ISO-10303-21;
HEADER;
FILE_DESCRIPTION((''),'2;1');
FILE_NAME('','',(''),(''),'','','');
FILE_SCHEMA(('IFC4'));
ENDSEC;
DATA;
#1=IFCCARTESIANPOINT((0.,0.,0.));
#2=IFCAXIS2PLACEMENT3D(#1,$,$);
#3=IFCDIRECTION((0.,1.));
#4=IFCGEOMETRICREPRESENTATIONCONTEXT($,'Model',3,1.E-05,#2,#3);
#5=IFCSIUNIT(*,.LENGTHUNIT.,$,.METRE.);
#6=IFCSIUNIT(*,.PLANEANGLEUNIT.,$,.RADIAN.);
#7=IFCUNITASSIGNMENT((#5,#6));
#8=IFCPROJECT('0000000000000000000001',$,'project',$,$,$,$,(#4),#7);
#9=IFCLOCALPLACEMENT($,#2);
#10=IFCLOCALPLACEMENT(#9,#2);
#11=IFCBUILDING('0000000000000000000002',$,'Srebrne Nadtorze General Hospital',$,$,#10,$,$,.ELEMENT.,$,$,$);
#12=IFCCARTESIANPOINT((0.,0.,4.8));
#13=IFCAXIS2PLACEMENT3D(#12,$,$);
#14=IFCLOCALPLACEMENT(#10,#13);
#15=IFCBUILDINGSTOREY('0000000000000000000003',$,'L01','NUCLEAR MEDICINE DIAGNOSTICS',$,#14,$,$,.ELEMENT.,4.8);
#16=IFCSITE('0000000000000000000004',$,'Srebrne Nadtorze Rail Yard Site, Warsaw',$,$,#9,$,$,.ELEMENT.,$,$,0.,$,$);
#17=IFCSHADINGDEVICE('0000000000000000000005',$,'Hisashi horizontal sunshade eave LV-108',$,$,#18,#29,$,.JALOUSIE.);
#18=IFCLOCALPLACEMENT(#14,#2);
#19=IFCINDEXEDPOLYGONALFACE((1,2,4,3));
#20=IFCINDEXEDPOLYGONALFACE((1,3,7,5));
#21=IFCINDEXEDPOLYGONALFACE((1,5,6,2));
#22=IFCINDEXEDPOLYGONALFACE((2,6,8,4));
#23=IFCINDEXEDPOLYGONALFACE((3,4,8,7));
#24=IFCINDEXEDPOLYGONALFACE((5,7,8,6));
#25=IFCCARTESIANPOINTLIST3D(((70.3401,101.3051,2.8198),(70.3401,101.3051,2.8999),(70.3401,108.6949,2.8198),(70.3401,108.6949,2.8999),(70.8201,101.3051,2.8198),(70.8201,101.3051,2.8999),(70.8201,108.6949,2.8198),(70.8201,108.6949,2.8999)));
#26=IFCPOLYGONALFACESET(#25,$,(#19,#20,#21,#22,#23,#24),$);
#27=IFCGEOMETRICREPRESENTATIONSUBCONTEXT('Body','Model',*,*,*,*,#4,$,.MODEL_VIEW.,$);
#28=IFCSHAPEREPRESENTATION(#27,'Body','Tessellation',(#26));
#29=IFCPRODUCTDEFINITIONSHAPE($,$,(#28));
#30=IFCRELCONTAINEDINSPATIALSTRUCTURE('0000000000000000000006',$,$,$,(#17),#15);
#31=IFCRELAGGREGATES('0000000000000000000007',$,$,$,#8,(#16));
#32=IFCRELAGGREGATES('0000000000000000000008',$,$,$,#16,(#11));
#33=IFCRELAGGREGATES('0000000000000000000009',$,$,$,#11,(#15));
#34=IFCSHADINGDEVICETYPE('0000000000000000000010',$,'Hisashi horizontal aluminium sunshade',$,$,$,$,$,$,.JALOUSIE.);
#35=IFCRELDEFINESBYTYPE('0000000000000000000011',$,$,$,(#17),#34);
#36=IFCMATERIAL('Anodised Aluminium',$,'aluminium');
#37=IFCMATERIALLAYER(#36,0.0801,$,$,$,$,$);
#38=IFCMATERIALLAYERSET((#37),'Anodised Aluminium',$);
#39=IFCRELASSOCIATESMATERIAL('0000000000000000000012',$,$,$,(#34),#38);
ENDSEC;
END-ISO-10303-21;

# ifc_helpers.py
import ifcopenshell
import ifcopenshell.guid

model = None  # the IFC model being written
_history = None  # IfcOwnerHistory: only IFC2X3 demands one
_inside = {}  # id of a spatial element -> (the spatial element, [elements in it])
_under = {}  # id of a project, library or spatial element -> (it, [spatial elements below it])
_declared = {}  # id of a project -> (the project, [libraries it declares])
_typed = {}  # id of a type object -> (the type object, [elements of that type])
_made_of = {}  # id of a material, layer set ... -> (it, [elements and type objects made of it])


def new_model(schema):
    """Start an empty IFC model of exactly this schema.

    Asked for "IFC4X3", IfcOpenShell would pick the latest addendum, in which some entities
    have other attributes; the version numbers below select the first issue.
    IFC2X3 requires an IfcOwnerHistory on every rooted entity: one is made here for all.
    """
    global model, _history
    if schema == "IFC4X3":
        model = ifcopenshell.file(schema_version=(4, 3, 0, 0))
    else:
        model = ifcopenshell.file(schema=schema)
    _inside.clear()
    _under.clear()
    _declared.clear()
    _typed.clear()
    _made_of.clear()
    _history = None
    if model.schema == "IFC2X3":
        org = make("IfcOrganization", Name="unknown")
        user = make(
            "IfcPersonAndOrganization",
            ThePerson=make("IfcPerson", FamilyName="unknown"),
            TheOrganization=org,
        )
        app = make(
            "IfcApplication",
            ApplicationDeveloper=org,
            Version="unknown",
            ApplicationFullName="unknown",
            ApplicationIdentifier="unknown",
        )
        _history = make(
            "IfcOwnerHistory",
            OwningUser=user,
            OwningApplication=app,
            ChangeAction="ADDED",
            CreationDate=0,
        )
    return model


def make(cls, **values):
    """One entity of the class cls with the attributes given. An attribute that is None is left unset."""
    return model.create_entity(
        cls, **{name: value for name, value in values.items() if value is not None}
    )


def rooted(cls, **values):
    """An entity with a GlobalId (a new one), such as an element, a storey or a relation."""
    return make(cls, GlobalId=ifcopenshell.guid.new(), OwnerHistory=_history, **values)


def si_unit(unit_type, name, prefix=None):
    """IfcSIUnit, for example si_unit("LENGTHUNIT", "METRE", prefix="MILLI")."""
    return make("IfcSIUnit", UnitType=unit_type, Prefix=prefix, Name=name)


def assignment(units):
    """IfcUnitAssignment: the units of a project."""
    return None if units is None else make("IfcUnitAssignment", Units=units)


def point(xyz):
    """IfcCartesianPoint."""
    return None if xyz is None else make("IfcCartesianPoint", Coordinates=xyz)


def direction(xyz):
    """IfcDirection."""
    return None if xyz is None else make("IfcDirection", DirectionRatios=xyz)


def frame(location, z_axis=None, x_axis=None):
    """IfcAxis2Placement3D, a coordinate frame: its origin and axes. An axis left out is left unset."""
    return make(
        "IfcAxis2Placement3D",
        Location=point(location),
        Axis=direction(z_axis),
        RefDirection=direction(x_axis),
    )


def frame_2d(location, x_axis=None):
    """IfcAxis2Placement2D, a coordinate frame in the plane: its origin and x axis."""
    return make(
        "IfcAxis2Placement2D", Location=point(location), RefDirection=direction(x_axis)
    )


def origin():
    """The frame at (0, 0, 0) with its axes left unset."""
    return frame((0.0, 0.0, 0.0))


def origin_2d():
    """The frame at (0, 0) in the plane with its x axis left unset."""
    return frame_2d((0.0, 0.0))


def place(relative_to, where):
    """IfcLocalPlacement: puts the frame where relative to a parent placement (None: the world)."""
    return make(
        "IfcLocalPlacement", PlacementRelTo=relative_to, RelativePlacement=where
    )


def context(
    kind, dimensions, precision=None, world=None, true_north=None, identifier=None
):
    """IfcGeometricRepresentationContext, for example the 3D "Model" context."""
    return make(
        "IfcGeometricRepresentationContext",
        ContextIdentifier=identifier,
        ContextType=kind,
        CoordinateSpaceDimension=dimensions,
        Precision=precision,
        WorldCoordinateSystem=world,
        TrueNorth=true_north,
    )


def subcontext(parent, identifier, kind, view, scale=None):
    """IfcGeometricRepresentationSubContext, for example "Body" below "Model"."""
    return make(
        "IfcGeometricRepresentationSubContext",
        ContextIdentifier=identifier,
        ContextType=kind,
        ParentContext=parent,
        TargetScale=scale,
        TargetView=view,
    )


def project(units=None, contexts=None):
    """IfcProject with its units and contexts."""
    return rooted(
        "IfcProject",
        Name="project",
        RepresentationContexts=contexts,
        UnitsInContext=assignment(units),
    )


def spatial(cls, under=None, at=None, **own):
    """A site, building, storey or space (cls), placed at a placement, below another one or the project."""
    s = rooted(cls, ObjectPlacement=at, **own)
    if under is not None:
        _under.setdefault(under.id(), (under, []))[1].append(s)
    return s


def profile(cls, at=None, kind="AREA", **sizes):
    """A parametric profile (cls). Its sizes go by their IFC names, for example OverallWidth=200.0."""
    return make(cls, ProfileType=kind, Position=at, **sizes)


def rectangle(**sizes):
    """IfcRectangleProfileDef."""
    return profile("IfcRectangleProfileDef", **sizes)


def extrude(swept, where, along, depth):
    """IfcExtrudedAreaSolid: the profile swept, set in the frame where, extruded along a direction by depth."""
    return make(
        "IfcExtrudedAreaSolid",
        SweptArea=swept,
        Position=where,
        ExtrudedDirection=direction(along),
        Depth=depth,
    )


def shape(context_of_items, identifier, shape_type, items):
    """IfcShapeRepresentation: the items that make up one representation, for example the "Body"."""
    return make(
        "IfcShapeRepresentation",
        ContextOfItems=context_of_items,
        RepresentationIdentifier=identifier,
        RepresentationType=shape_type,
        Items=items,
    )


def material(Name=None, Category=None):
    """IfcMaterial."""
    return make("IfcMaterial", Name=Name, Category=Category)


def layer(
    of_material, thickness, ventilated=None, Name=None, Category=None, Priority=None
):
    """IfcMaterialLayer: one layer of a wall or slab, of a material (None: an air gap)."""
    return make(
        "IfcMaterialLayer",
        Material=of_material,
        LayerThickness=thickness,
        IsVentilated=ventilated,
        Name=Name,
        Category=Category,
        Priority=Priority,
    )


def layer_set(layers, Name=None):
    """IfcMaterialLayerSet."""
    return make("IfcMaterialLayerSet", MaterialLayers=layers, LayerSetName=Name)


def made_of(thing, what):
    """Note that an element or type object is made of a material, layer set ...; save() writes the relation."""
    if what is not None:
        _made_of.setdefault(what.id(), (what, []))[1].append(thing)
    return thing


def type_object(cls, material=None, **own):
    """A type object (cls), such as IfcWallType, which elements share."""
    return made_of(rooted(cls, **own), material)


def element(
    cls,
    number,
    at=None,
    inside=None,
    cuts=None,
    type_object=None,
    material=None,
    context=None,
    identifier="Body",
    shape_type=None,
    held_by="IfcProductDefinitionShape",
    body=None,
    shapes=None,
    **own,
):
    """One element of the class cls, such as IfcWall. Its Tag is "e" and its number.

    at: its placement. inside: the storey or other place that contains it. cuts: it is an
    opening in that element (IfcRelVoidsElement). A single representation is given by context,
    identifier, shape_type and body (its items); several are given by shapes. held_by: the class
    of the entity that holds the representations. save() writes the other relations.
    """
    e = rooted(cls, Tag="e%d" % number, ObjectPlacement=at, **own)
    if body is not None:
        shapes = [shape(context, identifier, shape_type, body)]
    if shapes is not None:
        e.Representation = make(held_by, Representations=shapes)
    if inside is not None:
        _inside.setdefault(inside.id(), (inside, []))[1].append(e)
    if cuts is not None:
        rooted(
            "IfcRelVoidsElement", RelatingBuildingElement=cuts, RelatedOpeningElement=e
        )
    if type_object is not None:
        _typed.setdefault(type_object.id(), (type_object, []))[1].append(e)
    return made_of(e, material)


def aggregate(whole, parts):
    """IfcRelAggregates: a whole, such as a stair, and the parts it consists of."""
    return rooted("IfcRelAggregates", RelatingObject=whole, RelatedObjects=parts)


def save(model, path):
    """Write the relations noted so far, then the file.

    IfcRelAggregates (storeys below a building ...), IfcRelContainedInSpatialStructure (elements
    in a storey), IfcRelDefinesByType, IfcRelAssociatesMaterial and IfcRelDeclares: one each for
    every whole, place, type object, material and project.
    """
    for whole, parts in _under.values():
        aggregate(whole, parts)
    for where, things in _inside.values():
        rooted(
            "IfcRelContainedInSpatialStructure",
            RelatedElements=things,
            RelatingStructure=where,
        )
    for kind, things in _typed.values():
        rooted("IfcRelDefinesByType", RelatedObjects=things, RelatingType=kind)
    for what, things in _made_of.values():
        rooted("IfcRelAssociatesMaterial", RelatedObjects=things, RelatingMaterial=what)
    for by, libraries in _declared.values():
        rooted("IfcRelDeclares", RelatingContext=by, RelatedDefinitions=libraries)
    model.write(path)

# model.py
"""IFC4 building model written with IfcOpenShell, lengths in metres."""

from ifc_helpers import new_model, si_unit, direction, frame, origin, origin_2d, place, context, subcontext, project, spatial, rectangle, extrude, material, layer, layer_set, type_object, element, save


model = new_model("IFC4")

# Units and contexts
model_context = context("Model", 3, precision=1e-05, world=origin(), true_north=direction((0.0, 1.0)))
body_context = subcontext(model_context, "Body", "Model", "MODEL_VIEW")
ifc_project = project(units=[si_unit("LENGTHUNIT", "METRE"), si_unit("PLANEANGLEUNIT", "RADIAN")], contexts=[model_context])

# Site, building, storey
site_placement = place(None, origin())
site = spatial("IfcSite", under=ifc_project, at=site_placement, Name="Srebrne Nadtorze Rail Yard Site, Warsaw", CompositionType="ELEMENT", RefElevation=0.0)
building_placement = place(site_placement, origin())
building = spatial("IfcBuilding", under=site, at=building_placement, Name="Srebrne Nadtorze General Hospital", CompositionType="ELEMENT")
storey_placement = place(building_placement, frame((0.0, 0.0, 4.8)))
storey = spatial("IfcBuildingStorey", under=building, at=storey_placement, Name="L01", Description="NUCLEAR MEDICINE DIAGNOSTICS", CompositionType="ELEMENT", Elevation=4.8)

# Shading device
ifc_material_1 = material(Name="Anodised Aluminium", Category="aluminium")
ifc_layer_1 = layer(ifc_material_1, 0.0801)
ifc_layer_set_1 = layer_set([ifc_layer_1], Name="Anodised Aluminium")
shading_device_type = type_object("IfcShadingDeviceType", Name="Hisashi horizontal aluminium sunshade", PredefinedType="JALOUSIE", material=ifc_layer_set_1)
for number, where, z_axis, x_axis, name in (
    (1, (70.5801, 105.0, 2.8198), (0.0, 0.0, 1.0), (1.0, 0.0, 0.0), "Hisashi horizontal sunshade eave LV-108"),
):
    element("IfcShadingDevice", number, at=place(storey_placement, frame(where, z_axis=z_axis, x_axis=x_axis)), inside=storey, type_object=shading_device_type, Name=name, PredefinedType="JALOUSIE", context=body_context, shape_type="SweptSolid", body=[
        extrude(rectangle(XDim=0.48, YDim=7.3899, at=origin_2d()), origin(), (0.0, 0.0, 1.0), 0.0801),
    ])

save(model, "model.ifc")
